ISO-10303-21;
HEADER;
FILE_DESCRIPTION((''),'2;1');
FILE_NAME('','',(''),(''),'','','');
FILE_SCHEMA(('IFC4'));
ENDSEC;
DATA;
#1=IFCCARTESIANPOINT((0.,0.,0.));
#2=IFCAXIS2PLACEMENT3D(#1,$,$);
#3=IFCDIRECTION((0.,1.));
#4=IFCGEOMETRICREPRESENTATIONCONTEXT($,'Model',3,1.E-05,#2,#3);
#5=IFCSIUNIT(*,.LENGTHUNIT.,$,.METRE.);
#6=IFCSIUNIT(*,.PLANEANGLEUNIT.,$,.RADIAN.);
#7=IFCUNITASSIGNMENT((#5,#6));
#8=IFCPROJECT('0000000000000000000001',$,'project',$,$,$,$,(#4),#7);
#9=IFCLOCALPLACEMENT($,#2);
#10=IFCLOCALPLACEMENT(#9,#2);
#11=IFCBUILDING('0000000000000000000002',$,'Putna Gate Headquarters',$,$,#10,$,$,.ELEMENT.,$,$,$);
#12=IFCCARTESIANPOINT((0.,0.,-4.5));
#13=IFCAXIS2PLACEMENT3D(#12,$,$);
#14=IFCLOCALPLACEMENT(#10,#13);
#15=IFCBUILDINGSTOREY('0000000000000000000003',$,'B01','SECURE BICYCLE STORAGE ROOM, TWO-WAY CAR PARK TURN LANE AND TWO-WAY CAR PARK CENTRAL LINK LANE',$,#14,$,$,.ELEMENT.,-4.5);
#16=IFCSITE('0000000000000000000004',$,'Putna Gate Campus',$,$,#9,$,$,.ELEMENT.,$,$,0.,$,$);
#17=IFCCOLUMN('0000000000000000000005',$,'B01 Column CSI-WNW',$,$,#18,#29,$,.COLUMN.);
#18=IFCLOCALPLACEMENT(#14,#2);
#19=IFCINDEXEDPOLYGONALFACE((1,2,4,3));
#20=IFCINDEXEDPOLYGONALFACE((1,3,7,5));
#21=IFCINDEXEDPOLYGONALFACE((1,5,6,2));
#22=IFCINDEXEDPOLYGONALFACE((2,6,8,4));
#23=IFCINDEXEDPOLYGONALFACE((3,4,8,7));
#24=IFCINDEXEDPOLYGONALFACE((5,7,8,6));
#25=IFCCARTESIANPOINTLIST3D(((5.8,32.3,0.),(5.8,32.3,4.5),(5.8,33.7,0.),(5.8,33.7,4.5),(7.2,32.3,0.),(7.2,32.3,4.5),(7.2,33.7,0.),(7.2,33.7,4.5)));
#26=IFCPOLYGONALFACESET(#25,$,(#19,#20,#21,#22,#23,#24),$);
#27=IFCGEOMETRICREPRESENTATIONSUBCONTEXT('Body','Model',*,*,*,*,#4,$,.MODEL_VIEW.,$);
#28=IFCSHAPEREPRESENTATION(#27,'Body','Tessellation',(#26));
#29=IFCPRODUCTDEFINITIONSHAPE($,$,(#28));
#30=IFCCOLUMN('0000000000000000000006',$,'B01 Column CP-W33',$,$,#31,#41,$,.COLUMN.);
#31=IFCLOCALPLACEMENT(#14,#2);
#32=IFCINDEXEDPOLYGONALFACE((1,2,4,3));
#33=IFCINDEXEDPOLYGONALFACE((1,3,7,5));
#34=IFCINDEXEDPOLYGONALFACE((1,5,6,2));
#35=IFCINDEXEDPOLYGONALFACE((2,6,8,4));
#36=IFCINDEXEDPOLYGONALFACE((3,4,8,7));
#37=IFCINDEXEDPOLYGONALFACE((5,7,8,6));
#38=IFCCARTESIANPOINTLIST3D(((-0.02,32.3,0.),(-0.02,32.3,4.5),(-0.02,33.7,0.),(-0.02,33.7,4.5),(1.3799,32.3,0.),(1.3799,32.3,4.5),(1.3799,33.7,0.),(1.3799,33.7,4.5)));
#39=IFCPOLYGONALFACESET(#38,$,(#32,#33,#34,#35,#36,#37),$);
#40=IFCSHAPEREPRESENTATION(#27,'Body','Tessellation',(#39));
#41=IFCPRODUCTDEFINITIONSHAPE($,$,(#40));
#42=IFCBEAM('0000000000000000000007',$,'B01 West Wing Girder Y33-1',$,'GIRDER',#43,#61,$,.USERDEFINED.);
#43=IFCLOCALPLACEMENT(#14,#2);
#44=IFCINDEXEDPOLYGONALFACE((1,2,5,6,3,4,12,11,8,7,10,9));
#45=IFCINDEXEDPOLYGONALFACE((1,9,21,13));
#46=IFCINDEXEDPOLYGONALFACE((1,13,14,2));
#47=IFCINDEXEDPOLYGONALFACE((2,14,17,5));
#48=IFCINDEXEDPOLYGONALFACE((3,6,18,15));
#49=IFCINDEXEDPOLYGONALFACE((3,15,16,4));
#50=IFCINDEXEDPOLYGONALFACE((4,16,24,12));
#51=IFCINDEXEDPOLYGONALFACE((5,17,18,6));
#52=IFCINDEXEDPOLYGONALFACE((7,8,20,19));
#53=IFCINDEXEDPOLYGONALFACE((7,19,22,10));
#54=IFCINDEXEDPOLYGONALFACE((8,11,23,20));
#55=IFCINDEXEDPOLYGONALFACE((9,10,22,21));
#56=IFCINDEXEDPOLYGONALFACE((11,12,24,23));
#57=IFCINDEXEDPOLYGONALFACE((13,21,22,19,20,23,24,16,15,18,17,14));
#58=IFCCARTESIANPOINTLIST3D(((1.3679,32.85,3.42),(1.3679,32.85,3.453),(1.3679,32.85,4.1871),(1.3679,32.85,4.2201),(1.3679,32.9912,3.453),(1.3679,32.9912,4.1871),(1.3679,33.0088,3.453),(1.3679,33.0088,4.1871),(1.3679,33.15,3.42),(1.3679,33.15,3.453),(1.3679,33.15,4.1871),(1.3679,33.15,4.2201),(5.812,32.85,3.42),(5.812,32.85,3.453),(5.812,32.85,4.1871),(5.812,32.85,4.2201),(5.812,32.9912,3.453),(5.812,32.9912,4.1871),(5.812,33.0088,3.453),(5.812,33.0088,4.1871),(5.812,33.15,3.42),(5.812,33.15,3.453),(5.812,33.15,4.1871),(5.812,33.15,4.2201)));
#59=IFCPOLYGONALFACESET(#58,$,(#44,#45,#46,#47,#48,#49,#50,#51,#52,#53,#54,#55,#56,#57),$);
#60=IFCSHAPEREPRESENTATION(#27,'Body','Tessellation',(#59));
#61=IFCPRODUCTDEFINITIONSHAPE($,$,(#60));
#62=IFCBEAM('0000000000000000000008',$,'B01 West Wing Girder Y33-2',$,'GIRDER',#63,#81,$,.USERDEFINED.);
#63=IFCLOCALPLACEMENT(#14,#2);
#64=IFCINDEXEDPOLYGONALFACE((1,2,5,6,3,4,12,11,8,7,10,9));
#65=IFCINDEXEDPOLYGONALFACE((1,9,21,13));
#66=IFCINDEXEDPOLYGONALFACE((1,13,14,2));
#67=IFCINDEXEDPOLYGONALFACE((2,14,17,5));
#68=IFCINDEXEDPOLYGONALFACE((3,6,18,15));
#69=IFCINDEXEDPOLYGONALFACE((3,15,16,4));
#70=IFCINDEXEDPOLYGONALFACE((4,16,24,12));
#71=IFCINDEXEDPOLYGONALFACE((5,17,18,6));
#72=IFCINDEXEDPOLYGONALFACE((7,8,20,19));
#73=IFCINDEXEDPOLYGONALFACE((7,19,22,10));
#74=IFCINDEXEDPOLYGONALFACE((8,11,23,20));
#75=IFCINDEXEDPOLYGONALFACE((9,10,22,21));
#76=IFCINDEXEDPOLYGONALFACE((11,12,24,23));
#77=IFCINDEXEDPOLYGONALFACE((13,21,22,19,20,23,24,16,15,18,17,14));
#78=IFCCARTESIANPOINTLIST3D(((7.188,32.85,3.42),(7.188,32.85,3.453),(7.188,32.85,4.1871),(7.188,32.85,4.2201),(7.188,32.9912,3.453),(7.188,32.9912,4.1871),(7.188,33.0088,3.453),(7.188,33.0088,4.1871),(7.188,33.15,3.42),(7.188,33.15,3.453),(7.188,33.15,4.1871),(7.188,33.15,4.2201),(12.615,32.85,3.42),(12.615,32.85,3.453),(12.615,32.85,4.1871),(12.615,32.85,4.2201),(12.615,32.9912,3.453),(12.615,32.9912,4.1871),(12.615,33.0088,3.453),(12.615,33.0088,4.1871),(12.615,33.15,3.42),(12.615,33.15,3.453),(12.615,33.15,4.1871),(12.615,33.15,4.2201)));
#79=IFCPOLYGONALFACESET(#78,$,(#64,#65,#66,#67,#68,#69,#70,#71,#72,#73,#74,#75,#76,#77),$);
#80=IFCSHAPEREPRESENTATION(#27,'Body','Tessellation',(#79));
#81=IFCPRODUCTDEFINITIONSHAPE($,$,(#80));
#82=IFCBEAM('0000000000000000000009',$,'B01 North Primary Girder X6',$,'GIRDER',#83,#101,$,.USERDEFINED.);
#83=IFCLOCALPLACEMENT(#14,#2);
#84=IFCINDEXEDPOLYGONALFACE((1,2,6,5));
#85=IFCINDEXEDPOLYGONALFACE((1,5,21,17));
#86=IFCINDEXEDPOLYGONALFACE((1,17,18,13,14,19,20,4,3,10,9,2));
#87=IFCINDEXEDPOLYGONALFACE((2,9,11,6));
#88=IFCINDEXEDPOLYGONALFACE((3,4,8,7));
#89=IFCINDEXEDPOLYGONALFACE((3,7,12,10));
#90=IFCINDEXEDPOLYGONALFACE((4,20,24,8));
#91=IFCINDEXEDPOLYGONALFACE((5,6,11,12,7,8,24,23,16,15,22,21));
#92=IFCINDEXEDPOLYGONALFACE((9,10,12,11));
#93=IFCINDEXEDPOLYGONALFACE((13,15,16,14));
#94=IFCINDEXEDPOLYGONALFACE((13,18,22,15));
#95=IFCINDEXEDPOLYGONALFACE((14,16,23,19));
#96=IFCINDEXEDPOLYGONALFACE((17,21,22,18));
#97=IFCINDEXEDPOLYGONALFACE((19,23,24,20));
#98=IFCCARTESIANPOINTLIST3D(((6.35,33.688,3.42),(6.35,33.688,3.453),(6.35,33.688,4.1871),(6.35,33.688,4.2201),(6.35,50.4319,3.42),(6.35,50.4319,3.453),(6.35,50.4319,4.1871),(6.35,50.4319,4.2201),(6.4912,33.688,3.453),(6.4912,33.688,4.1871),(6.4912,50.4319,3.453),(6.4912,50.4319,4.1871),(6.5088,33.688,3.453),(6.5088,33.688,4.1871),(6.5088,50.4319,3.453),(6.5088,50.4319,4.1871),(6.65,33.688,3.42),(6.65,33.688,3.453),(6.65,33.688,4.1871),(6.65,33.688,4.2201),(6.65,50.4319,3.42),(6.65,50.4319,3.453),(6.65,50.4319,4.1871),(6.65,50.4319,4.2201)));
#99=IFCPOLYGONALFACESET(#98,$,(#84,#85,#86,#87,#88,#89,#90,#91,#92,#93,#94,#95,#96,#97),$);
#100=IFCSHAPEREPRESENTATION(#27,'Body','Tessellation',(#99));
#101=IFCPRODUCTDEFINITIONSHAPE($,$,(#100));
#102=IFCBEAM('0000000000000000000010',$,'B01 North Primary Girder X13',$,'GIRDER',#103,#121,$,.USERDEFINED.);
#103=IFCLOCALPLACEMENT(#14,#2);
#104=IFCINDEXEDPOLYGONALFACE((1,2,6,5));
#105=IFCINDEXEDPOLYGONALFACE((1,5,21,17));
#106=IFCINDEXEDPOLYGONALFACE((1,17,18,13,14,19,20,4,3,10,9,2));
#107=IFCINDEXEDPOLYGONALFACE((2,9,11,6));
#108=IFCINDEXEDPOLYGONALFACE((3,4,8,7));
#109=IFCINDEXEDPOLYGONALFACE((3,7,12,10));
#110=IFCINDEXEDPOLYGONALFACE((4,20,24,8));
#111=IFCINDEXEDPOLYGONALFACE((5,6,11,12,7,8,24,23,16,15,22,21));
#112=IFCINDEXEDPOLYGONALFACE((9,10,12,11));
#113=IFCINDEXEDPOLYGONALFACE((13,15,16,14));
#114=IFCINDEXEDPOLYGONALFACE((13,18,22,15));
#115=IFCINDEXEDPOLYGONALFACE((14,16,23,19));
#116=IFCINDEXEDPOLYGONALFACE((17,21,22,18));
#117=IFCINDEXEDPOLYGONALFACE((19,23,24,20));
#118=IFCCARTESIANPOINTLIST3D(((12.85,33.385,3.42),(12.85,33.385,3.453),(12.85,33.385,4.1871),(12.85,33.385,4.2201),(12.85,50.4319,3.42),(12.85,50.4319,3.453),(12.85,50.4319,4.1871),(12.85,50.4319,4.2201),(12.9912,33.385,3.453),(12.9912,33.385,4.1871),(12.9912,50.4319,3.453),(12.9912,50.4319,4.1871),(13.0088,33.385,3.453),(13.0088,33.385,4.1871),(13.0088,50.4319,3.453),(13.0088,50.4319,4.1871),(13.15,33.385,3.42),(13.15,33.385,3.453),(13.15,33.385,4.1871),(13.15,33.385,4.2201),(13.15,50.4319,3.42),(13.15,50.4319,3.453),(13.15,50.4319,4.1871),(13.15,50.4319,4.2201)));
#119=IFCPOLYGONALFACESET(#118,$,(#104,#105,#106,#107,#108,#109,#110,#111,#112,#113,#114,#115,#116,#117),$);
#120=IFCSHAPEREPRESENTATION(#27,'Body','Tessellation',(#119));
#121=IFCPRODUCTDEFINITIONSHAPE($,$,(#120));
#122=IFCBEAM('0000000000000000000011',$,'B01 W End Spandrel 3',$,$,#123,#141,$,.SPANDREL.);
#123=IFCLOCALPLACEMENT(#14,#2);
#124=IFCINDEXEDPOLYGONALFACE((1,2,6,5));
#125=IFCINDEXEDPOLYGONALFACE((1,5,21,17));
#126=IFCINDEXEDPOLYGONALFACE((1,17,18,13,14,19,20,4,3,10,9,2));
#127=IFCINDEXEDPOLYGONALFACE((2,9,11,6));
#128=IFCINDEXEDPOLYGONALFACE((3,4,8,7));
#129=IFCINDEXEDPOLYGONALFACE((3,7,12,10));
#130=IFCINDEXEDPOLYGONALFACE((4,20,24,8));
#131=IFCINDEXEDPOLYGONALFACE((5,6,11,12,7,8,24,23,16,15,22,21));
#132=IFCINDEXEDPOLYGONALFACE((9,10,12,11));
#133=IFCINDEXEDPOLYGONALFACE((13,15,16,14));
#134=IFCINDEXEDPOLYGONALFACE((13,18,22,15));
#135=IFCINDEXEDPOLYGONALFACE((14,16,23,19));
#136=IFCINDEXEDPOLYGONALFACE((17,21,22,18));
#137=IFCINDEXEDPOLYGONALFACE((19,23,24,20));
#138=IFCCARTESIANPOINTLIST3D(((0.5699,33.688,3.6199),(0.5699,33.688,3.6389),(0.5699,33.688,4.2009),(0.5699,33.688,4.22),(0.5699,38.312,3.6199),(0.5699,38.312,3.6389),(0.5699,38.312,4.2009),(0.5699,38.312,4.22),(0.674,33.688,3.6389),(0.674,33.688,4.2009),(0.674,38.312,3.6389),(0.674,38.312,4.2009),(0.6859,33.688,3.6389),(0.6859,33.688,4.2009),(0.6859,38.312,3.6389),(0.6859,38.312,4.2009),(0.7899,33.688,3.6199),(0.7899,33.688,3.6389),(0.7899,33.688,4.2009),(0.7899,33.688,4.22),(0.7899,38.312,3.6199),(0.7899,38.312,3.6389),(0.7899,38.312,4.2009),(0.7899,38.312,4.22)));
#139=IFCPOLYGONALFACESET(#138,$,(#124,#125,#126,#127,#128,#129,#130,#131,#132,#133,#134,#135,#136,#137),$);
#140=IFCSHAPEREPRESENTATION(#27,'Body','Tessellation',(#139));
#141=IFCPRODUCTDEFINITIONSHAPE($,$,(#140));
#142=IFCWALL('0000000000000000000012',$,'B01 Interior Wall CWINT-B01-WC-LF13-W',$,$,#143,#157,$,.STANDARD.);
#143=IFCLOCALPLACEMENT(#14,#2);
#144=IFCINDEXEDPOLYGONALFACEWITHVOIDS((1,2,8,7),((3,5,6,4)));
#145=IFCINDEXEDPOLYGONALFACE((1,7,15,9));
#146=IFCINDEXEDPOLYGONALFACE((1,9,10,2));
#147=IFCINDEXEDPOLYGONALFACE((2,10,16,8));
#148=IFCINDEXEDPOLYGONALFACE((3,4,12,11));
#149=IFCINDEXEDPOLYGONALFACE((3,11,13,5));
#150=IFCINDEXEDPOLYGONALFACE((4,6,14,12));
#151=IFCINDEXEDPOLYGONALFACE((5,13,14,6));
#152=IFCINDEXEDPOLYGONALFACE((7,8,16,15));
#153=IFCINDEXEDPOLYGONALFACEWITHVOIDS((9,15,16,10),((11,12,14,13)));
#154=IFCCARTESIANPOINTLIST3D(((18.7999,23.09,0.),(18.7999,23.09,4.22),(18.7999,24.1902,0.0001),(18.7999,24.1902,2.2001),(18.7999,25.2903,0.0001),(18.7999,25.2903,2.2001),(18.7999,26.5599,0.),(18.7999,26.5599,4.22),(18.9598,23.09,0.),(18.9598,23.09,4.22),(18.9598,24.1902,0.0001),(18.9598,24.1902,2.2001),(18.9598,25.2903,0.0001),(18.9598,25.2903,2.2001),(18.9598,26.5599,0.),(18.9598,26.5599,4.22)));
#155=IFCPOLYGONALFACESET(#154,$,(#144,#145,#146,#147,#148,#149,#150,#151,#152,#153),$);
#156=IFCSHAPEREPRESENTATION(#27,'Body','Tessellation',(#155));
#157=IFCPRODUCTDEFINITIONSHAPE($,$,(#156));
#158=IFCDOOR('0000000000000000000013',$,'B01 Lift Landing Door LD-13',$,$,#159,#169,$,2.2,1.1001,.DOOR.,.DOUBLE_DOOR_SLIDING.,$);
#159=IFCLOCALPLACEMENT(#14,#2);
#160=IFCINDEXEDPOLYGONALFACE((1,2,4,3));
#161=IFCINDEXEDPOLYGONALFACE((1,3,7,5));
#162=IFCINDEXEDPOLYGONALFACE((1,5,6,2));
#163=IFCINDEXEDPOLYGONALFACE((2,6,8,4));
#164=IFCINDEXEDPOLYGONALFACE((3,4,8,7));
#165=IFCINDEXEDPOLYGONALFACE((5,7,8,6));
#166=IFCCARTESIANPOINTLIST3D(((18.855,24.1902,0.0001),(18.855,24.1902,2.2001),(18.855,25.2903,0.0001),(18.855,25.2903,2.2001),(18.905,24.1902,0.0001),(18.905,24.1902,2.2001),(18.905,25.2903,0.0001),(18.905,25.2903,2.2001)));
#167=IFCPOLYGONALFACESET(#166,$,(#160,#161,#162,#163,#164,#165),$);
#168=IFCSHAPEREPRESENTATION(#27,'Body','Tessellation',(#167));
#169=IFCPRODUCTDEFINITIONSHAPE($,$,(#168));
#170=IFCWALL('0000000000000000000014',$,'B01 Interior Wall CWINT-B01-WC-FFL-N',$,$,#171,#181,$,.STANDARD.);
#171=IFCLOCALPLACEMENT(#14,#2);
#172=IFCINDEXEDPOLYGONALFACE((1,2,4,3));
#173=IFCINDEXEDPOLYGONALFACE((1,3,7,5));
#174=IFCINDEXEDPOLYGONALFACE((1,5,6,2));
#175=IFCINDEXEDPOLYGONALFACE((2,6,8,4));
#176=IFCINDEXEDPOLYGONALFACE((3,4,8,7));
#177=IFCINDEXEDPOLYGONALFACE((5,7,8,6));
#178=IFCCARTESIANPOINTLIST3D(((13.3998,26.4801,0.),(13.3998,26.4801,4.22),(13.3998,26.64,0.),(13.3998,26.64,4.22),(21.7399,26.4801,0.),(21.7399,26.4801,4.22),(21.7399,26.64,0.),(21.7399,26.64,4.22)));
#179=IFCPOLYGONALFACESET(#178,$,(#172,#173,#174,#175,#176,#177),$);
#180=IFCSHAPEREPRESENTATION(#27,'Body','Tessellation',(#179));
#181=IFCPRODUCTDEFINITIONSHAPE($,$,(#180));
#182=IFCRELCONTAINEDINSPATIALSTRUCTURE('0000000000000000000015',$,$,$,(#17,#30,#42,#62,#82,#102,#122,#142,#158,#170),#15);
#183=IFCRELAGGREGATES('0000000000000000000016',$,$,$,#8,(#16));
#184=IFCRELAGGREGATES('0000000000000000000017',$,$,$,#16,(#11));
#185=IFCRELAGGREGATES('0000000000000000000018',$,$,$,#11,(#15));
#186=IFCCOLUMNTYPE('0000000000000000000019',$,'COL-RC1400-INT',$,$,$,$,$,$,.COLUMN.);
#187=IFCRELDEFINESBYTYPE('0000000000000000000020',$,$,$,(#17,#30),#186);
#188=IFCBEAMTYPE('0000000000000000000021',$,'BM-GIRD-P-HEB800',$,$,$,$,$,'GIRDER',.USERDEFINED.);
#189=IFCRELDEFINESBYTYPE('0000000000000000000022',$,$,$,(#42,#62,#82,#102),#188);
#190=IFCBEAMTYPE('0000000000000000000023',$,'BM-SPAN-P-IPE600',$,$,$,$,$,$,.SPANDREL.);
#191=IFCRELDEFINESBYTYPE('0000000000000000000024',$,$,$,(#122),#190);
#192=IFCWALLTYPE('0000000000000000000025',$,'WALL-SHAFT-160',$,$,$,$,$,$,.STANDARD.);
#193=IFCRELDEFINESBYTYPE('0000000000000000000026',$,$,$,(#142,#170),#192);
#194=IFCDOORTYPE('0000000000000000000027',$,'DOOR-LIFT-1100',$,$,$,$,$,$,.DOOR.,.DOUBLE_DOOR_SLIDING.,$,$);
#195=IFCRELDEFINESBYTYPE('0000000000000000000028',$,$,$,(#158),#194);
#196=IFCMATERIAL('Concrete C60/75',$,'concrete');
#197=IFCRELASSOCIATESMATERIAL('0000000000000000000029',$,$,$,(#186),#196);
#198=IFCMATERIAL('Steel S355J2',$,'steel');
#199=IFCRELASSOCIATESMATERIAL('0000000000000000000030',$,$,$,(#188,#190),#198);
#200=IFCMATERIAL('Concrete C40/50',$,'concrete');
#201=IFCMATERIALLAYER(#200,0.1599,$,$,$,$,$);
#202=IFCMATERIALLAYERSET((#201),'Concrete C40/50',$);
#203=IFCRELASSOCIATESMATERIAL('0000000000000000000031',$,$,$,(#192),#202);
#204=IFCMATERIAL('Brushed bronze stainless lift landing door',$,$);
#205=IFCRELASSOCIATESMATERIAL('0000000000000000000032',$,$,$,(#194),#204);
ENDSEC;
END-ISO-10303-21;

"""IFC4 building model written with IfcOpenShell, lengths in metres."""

from ifc_helpers import new_model, si_unit, direction, frame, frame_2d, origin, origin_2d, place, context, subcontext, project, spatial, rectangle, i_section, extrude, material, layer, layer_set, material_profile, profile_set, type_object, element, fill, save


model = new_model("IFC4")

# Units and contexts
model_context = context("Model", 3, precision=1e-05, world=origin(), true_north=direction((0.0, 1.0)))
body_context = subcontext(model_context, "Body", "Model", "MODEL_VIEW")
ifc_project = project(units=[si_unit("LENGTHUNIT", "METRE"), si_unit("PLANEANGLEUNIT", "RADIAN")], contexts=[model_context])

# Site, building, storey
site_placement = place(None, origin())
site = spatial("IfcSite", under=ifc_project, at=site_placement, Name="Putna Gate Campus", CompositionType="ELEMENT", RefElevation=0.0)
building_placement = place(site_placement, origin())
building = spatial("IfcBuilding", under=site, at=building_placement, Name="Putna Gate Headquarters", CompositionType="ELEMENT")
storey_placement = place(building_placement, frame((0.0, 0.0, -4.5)))
storey = spatial("IfcBuildingStorey", under=building, at=storey_placement, Name="B01", Description="SECURE BICYCLE STORAGE ROOM, TWO-WAY CAR PARK TURN LANE AND TWO-WAY CAR PARK CENTRAL LINK LANE", CompositionType="ELEMENT", Elevation=-4.5)

# Columns
ifc_material_1 = material(Name="Concrete C60/75", Category="concrete")
ifc_material_profile_1 = material_profile(ifc_material_1, rectangle(XDim=1.3999, YDim=1.3999, at=origin_2d()), Name="Concrete C60/75")
ifc_profile_set_1 = profile_set([ifc_material_profile_1], Name="Concrete C60/75")
column_type = type_object("IfcColumnType", Name="COL-RC1400-INT", PredefinedType="COLUMN", material=ifc_profile_set_1)
for number, where, z_axis, x_axis, name in (
    (1, (6.5, 33.0, 0.0), (0.0, 0.0, 1.0), (1.0, 0.0, 0.0), "B01 Column CSI-WNW"),
    (2, (0.6799, 33.0, 0.0), (0.0, 0.0, 1.0), (1.0, 0.0, 0.0), "B01 Column CP-W33"),
):
    element("IfcColumn", number, at=place(storey_placement, frame(where, z_axis=z_axis, x_axis=x_axis)), inside=storey, type_object=column_type, Name=name, PredefinedType="COLUMN", context=body_context, shape_type="SweptSolid", body=[
        extrude(rectangle(XDim=1.3999, YDim=1.3999, at=origin_2d()), origin(), (0.0, 0.0, 1.0), 4.5),
    ])

# Beams
ifc_material_2 = material(Name="Steel S355J2", Category="steel")
ifc_material_profile_2 = material_profile(ifc_material_2, i_section(OverallWidth=0.3, OverallDepth=0.8, WebThickness=0.0176, FlangeThickness=0.033, at=origin_2d()), Name="Steel S355J2")
ifc_profile_set_2 = profile_set([ifc_material_profile_2], Name="Steel S355J2")
beam_type_1 = type_object("IfcBeamType", Name="BM-GIRD-P-HEB800", ElementType="GIRDER", PredefinedType="USERDEFINED", material=ifc_profile_set_2)
beam_1_placement = place(storey_placement, frame((1.3679, 33.0, 3.8201), z_axis=(1.0, 0.0, 0.0), x_axis=(0.0, 1.0, 0.0)))
element("IfcBeam", 3, at=beam_1_placement, inside=storey, type_object=beam_type_1, Name="B01 West Wing Girder Y33-1", ObjectType="GIRDER", PredefinedType="USERDEFINED", context=body_context, shape_type="SweptSolid", body=[
    extrude(i_section(OverallWidth=0.3, OverallDepth=0.8, WebThickness=0.0176, FlangeThickness=0.033, at=origin_2d()), origin(), (0.0, 0.0, 1.0), 4.4441),
])
beam_2_placement = place(storey_placement, frame((7.188, 33.0, 3.8201), z_axis=(1.0, 0.0, 0.0), x_axis=(0.0, 1.0, 0.0)))
element("IfcBeam", 4, at=beam_2_placement, inside=storey, type_object=beam_type_1, Name="B01 West Wing Girder Y33-2", ObjectType="GIRDER", PredefinedType="USERDEFINED", context=body_context, shape_type="SweptSolid", body=[
    extrude(i_section(OverallWidth=0.3, OverallDepth=0.8, WebThickness=0.0176, FlangeThickness=0.033, at=origin_2d()), origin(), (0.0, 0.0, 1.0), 5.427),
])
beam_3_placement = place(storey_placement, frame((6.5, 33.688, 3.8201), z_axis=(0.0, 1.0, 0.0), x_axis=(-1.0, 0.0, 0.0)))
element("IfcBeam", 5, at=beam_3_placement, inside=storey, type_object=beam_type_1, Name="B01 North Primary Girder X6", ObjectType="GIRDER", PredefinedType="USERDEFINED", context=body_context, shape_type="SweptSolid", body=[
    extrude(i_section(OverallWidth=0.3, OverallDepth=0.8, WebThickness=0.0176, FlangeThickness=0.033, at=origin_2d()), origin(), (0.0, 0.0, 1.0), 16.7439),
])
beam_4_placement = place(storey_placement, frame((13.0, 33.385, 3.8201), z_axis=(0.0, 1.0, 0.0), x_axis=(-1.0, 0.0, 0.0)))
element("IfcBeam", 6, at=beam_4_placement, inside=storey, type_object=beam_type_1, Name="B01 North Primary Girder X13", ObjectType="GIRDER", PredefinedType="USERDEFINED", context=body_context, shape_type="SweptSolid", body=[
    extrude(i_section(OverallWidth=0.3, OverallDepth=0.8, WebThickness=0.0176, FlangeThickness=0.033, at=origin_2d()), origin(), (0.0, 0.0, 1.0), 17.0469),
])
ifc_material_profile_3 = material_profile(ifc_material_2, i_section(OverallWidth=0.22, OverallDepth=0.6001, WebThickness=0.012, FlangeThickness=0.019, at=origin_2d()), Name="Steel S355J2")
ifc_profile_set_3 = profile_set([ifc_material_profile_3], Name="Steel S355J2")
beam_type_2 = type_object("IfcBeamType", Name="BM-SPAN-P-IPE600", PredefinedType="SPANDREL", material=ifc_profile_set_3)
beam_5_placement = place(storey_placement, frame((0.6799, 33.688, 3.9199), z_axis=(0.0, 1.0, 0.0), x_axis=(-1.0, 0.0, 0.0)))
element("IfcBeam", 7, at=beam_5_placement, inside=storey, type_object=beam_type_2, Name="B01 W End Spandrel 3", PredefinedType="SPANDREL", context=body_context, shape_type="SweptSolid", body=[
    extrude(i_section(OverallWidth=0.22, OverallDepth=0.6001, WebThickness=0.012, FlangeThickness=0.019, at=origin_2d()), origin(), (0.0, 0.0, 1.0), 4.624),
])

# Wall, opening, door
ifc_material_3 = material(Name="Concrete C40/50", Category="concrete")
ifc_layer_1 = layer(ifc_material_3, 0.1599)
ifc_layer_set_1 = layer_set([ifc_layer_1], Name="Concrete C40/50")
wall_type_1 = type_object("IfcWallType", Name="WALL-SHAFT-160", PredefinedType="STANDARD", material=ifc_layer_set_1)
wall_1_placement = place(storey_placement, frame((18.8799, 23.0901, 0.0), z_axis=(0.0, 0.0, 1.0), x_axis=(0.0, 1.0, 0.0)))
wall_1 = element("IfcWall", 8, at=wall_1_placement, inside=storey, type_object=wall_type_1, Name="B01 Interior Wall CWINT-B01-WC-LF13-W", PredefinedType="STANDARD", context=body_context, shape_type="SweptSolid", body=[
    extrude(rectangle(XDim=3.47, YDim=0.1599, at=frame_2d((1.7349, 0.0))), origin(), (0.0, 0.0, 1.0), 4.22),
])
opening_1_placement = place(wall_1_placement, frame((1.1001, 0.0, 0.0)))
opening_1 = element("IfcOpeningElement", 9, at=opening_1_placement, cuts=wall_1, PredefinedType="OPENING", context=body_context, shape_type="SweptSolid", body=[
    extrude(rectangle(XDim=1.1001, YDim=2.2, at=frame_2d((0.55, 1.1001))), frame((0.0, 0.0898, 0.0), z_axis=(0.0, -1.0, 0.0), x_axis=(1.0, 0.0, 0.0)), (0.0, 0.0, 1.0), 0.1799),
])
ifc_material_4 = material(Name="Brushed bronze stainless lift landing door")
door_type_1 = type_object("IfcDoorType", Name="DOOR-LIFT-1100", OperationType="DOUBLE_DOOR_SLIDING", PredefinedType="DOOR", material=ifc_material_4)
door_1_placement = place(opening_1_placement, origin())
door_1 = element("IfcDoor", 10, at=door_1_placement, inside=storey, type_object=door_type_1, Name="B01 Lift Landing Door LD-13", OperationType="DOUBLE_DOOR_SLIDING", OverallHeight=2.2, OverallWidth=1.1001, PredefinedType="DOOR", context=body_context, shape_type="SweptSolid", body=[
    extrude(rectangle(XDim=1.1001, YDim=2.2, at=frame_2d((0.55, 1.1001))), frame((0.0, 0.0249, 0.0), z_axis=(0.0, -1.0, 0.0), x_axis=(1.0, 0.0, 0.0)), (0.0, 0.0, 1.0), 0.05),
])
fill(opening_1, door_1)

# Wall
wall_2_placement = place(storey_placement, frame((13.3999, 26.5601, 0.0), z_axis=(0.0, 0.0, 1.0), x_axis=(1.0, 0.0, 0.0)))
element("IfcWall", 11, at=wall_2_placement, inside=storey, type_object=wall_type_1, Name="B01 Interior Wall CWINT-B01-WC-FFL-N", PredefinedType="STANDARD", context=body_context, shape_type="SweptSolid", body=[
    extrude(rectangle(XDim=8.3401, YDim=0.1599, at=frame_2d((4.1699, 0.0))), origin(), (0.0, 0.0, 1.0), 4.22),
])

save(model, "model.ifc")
